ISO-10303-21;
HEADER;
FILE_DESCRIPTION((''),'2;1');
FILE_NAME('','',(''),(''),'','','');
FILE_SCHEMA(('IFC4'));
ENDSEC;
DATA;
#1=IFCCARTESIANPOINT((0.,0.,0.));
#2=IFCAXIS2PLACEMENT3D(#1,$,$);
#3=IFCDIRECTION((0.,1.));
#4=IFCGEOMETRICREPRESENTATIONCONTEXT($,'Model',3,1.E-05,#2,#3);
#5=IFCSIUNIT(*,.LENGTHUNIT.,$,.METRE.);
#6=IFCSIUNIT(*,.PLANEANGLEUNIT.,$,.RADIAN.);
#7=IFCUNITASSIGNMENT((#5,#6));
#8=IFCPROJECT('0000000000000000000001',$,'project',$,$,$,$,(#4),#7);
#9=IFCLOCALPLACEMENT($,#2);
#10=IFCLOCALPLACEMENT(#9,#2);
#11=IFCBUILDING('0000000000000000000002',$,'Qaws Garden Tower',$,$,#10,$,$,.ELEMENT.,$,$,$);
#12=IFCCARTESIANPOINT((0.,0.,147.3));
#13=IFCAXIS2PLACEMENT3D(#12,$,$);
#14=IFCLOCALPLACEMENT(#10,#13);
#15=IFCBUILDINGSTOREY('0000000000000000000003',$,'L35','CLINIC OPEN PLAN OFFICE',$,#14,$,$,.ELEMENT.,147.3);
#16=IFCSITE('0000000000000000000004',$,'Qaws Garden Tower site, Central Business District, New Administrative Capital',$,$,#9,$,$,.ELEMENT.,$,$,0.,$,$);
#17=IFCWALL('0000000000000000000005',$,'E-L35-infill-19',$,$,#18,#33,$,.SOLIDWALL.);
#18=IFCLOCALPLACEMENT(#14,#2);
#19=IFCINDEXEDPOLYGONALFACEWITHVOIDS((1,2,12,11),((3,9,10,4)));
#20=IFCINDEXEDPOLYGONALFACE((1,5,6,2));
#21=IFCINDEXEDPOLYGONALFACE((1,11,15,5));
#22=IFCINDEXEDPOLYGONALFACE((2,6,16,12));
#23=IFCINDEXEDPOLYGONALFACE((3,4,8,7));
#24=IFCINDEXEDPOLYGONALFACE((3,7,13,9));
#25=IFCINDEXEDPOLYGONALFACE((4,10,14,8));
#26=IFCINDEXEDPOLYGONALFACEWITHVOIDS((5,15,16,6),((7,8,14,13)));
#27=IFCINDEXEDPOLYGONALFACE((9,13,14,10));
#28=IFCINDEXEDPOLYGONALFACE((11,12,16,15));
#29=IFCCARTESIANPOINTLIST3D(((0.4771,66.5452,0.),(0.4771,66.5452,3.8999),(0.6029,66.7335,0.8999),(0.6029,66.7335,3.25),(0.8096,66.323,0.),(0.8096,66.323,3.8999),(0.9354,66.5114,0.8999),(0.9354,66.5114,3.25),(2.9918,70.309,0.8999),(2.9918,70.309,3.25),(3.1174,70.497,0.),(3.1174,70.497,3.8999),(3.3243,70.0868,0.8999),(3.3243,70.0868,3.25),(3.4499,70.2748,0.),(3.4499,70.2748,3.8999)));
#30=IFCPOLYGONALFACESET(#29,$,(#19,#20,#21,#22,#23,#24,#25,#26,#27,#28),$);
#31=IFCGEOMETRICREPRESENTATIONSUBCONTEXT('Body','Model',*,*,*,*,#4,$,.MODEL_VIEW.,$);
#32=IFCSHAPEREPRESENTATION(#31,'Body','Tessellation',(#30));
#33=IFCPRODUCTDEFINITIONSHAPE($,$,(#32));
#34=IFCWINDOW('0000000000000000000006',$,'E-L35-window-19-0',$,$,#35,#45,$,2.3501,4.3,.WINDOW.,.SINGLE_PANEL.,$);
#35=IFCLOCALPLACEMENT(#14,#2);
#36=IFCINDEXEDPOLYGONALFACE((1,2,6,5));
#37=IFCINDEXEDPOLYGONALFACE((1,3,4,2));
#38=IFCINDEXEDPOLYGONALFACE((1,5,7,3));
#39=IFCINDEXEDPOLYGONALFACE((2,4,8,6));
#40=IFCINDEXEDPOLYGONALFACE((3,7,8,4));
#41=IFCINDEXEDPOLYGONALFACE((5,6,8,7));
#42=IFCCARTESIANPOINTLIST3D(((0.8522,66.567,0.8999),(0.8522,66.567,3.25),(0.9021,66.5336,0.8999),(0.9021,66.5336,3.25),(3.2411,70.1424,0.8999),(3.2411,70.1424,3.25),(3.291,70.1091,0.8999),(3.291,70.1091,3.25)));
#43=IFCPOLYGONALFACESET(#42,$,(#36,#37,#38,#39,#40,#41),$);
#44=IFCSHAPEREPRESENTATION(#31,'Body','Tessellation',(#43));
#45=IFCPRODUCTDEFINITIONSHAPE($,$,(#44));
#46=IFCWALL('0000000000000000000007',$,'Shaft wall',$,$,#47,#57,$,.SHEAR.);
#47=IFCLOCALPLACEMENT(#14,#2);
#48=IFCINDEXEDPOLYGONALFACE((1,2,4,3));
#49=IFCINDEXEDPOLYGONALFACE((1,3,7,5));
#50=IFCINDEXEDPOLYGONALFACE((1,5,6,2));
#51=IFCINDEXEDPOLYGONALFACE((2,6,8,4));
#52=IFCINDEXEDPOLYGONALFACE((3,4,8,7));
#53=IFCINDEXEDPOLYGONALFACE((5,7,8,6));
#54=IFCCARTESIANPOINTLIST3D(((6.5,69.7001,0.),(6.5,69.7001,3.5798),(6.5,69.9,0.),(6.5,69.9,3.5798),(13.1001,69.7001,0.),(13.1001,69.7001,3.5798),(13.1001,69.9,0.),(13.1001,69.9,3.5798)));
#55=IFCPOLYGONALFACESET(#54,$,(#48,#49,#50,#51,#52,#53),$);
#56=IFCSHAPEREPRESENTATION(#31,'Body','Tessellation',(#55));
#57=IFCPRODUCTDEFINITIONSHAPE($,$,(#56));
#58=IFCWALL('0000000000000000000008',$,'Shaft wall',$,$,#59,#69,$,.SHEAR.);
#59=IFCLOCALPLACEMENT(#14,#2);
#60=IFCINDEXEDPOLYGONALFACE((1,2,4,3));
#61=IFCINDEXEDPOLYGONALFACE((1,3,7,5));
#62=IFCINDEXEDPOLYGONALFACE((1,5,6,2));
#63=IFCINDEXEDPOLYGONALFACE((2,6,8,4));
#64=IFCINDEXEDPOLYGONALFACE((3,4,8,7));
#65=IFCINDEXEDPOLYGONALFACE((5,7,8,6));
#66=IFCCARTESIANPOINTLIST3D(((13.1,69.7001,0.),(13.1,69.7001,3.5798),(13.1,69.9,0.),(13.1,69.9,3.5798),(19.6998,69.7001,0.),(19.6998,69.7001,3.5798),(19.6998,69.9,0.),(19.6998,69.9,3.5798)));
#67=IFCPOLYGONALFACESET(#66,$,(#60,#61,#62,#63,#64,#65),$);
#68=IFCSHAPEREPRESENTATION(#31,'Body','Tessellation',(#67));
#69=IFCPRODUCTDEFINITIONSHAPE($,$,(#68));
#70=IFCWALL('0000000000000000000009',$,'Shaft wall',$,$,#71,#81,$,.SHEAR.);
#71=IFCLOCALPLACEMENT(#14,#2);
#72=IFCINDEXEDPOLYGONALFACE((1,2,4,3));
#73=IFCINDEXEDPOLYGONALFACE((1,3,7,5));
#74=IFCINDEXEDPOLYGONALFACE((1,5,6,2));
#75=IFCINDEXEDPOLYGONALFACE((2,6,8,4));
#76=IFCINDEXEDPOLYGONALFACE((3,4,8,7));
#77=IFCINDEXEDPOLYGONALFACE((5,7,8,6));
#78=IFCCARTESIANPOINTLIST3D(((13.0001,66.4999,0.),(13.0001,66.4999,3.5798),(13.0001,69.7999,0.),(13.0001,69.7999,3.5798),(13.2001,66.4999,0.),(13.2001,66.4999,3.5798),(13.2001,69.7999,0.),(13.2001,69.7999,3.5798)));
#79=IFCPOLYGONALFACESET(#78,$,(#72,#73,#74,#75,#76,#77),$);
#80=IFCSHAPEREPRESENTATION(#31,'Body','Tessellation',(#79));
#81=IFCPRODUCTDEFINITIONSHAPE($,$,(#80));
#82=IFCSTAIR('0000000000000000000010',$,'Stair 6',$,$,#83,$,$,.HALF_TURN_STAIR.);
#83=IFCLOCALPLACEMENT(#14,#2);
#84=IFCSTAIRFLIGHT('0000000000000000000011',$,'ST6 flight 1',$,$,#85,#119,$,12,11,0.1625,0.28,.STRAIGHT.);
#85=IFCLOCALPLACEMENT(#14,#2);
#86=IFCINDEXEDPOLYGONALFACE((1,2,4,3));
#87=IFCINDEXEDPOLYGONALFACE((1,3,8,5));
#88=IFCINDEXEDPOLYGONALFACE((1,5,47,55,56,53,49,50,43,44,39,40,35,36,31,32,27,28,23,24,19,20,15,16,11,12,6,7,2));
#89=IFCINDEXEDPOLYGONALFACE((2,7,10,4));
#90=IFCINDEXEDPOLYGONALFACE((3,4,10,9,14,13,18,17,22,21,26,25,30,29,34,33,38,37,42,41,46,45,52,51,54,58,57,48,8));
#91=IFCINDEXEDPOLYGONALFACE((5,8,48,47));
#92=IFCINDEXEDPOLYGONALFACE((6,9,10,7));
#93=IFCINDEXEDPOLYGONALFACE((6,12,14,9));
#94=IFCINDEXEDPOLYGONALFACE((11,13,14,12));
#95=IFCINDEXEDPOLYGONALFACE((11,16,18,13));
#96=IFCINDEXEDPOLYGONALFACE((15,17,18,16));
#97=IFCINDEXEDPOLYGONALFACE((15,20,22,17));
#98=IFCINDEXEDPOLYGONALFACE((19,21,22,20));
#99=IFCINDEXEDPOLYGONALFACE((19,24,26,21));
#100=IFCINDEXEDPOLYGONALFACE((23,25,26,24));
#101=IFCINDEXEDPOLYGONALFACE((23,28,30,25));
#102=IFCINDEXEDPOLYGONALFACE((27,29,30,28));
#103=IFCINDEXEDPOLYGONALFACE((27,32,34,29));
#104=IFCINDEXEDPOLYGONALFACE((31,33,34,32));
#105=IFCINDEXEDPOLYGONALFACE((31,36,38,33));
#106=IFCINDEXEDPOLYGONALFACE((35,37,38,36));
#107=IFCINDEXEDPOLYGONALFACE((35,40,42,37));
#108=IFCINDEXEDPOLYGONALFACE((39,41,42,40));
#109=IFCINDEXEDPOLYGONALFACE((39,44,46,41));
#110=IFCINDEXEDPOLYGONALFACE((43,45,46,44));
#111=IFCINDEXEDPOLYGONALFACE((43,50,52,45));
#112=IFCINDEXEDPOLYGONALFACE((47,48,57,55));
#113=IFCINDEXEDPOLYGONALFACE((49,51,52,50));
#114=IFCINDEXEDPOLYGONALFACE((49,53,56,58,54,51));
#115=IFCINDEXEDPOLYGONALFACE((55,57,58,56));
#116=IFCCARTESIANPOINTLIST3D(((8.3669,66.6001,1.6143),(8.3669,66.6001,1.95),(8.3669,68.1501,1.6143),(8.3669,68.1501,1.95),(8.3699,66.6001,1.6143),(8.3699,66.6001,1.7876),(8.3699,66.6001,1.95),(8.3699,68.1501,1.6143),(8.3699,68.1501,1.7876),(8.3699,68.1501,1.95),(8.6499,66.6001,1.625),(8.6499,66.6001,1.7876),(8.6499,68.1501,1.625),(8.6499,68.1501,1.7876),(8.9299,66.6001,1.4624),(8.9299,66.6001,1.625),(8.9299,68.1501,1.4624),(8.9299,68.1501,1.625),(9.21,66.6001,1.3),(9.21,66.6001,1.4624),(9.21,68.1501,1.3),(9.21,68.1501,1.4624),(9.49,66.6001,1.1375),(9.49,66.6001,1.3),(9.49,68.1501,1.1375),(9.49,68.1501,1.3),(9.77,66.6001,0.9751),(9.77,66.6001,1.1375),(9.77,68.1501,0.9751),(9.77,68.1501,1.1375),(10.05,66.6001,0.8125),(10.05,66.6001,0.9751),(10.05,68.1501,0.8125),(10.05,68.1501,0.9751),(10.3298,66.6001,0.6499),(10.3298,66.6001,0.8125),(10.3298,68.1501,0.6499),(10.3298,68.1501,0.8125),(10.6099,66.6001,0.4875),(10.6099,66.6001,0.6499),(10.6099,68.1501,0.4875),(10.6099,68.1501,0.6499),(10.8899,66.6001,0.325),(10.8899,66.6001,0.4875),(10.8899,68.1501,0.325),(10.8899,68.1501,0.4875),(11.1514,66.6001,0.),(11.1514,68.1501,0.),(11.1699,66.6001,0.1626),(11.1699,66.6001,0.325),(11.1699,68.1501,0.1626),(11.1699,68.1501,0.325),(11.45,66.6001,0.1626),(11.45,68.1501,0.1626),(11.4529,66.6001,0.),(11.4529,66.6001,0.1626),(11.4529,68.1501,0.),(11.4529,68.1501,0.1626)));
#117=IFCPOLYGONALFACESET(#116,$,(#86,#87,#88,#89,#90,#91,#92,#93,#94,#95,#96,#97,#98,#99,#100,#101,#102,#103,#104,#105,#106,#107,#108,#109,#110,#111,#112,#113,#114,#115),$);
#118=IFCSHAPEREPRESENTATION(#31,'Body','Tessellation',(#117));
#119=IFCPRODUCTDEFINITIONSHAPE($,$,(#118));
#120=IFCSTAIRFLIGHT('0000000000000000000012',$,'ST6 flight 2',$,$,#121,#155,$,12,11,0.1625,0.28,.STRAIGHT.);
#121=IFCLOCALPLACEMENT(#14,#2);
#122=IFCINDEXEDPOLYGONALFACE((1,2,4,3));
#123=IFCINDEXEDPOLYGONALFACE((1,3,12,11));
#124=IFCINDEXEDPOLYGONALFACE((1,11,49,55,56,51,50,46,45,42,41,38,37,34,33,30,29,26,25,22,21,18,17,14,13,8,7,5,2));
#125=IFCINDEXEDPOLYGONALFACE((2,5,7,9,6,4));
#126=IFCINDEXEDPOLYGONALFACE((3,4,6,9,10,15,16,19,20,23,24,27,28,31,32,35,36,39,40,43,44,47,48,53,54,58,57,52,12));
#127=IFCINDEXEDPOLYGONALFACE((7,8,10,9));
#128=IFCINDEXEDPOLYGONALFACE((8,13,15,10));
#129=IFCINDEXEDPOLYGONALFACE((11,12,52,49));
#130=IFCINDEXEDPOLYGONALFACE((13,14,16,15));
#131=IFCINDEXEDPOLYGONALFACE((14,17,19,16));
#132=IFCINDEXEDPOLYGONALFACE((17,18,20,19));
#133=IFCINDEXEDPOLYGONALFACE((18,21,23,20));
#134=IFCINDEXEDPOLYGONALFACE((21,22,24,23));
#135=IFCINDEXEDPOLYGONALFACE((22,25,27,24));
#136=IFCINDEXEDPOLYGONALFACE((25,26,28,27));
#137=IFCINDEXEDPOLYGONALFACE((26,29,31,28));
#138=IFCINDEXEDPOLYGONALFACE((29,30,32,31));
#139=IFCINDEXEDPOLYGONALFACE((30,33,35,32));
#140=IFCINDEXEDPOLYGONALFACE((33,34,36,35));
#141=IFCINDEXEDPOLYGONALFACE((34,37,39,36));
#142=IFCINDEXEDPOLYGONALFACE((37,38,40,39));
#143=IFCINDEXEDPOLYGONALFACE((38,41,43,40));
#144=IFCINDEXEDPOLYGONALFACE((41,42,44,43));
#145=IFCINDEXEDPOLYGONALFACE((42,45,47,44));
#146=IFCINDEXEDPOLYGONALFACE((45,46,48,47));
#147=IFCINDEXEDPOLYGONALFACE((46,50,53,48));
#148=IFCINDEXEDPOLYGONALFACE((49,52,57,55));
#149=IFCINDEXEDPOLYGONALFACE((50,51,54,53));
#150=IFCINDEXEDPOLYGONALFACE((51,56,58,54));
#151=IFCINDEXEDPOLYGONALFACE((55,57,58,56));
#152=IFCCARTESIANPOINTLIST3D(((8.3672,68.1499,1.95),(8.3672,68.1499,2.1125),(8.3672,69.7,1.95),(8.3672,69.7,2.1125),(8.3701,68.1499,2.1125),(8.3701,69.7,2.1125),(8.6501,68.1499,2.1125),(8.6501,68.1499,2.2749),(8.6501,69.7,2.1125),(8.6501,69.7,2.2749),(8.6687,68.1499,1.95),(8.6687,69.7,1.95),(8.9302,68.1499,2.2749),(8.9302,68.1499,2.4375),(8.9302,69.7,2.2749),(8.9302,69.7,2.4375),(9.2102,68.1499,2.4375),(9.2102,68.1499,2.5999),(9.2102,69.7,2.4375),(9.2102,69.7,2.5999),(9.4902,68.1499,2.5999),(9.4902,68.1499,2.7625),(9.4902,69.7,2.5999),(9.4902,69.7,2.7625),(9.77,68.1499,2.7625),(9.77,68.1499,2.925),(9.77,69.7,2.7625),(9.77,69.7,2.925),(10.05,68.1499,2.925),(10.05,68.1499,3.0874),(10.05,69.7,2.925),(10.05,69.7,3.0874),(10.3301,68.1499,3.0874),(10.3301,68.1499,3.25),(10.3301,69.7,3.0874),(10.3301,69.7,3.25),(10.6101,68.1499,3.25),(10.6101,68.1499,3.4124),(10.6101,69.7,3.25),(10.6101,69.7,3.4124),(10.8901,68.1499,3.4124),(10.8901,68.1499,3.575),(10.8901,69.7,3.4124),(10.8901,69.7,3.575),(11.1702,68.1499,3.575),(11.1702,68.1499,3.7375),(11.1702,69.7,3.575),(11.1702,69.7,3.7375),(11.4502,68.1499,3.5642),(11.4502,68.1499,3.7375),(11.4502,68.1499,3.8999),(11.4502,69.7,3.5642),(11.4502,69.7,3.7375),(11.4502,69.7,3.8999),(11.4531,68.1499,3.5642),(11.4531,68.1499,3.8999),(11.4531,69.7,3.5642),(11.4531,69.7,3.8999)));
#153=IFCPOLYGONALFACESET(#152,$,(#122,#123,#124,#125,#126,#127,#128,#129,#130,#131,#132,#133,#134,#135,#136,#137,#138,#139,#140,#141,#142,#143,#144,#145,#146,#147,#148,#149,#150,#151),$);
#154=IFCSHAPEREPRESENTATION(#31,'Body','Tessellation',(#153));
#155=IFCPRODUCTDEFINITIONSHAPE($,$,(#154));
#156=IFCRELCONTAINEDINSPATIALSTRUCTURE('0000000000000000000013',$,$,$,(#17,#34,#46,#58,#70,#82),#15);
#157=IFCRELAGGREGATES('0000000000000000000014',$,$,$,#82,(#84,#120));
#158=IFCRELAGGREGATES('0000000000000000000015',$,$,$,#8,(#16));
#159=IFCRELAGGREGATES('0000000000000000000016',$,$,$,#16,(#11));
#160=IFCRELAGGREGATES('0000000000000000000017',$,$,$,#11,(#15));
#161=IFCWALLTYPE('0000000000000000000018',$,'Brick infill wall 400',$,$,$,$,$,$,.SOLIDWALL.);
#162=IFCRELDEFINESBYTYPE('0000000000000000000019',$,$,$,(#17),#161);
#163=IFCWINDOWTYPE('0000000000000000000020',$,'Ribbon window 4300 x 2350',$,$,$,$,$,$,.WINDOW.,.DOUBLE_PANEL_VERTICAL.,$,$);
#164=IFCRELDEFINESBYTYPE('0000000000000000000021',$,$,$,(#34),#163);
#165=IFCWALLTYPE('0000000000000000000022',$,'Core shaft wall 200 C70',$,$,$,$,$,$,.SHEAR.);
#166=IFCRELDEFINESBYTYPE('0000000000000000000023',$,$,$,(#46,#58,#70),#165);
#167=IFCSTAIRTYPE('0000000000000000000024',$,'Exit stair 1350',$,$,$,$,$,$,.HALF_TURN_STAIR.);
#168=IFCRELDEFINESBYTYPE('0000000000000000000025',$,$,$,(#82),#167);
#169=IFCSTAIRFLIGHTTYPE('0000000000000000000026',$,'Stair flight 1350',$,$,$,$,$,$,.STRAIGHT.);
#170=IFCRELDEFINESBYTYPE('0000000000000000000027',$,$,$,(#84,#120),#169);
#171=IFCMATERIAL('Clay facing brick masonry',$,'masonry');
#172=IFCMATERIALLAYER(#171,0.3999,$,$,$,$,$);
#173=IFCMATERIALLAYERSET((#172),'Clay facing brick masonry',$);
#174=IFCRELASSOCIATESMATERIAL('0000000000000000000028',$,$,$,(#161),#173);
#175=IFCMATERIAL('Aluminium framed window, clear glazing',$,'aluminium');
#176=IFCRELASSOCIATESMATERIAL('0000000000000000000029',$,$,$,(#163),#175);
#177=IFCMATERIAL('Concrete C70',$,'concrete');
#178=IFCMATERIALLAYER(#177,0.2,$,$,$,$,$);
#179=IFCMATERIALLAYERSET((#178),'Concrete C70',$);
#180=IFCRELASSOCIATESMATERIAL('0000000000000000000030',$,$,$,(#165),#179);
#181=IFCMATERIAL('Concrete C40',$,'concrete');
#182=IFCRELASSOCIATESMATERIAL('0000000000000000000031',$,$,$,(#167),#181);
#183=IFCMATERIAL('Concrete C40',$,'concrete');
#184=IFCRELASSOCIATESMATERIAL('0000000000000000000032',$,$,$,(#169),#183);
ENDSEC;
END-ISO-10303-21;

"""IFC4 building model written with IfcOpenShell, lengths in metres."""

from ifc_helpers import new_model, si_unit, direction, frame, frame_2d, origin, place, context, subcontext, project, spatial, polyline, rectangle, outline, extrude, material, layer, layer_set, type_object, element, fill, aggregate, save


model = new_model("IFC4")

# Units and contexts
model_context = context("Model", 3, precision=1e-05, world=origin(), true_north=direction((0.0, 1.0)))
body_context = subcontext(model_context, "Body", "Model", "MODEL_VIEW")
ifc_project = project(units=[si_unit("LENGTHUNIT", "METRE"), si_unit("PLANEANGLEUNIT", "RADIAN")], contexts=[model_context])

# Site, building, storey
site_placement = place(None, origin())
site = spatial("IfcSite", under=ifc_project, at=site_placement, Name="Qaws Garden Tower site, Central Business District, New Administrative Capital", CompositionType="ELEMENT", RefElevation=0.0)
building_placement = place(site_placement, origin())
building = spatial("IfcBuilding", under=site, at=building_placement, Name="Qaws Garden Tower", CompositionType="ELEMENT")
storey_placement = place(building_placement, frame((0.0, 0.0, 147.3)))
storey = spatial("IfcBuildingStorey", under=building, at=storey_placement, Name="L35", Description="CLINIC OPEN PLAN OFFICE", CompositionType="ELEMENT", Elevation=147.3)

# Wall, opening, window
ifc_material_1 = material(Name="Clay facing brick masonry", Category="masonry")
ifc_layer_1 = layer(ifc_material_1, 0.3999)
ifc_layer_set_1 = layer_set([ifc_layer_1], Name="Clay facing brick masonry")
wall_type_1 = type_object("IfcWallType", Name="Brick infill wall 400", PredefinedType="SOLIDWALL", material=ifc_layer_set_1)
ifc_material_2 = material(Name="Aluminium framed window, clear glazing", Category="aluminium")
window_type = type_object("IfcWindowType", Name="Ribbon window 4300 x 2350", PartitioningType="DOUBLE_PANEL_VERTICAL", PredefinedType="WINDOW", material=ifc_material_2)
wall_1_placement = place(storey_placement, frame((3.2837, 70.386, 0.0), z_axis=(0.0, 0.0, 1.0), x_axis=(-0.555542, -0.831489, 0.0)))
wall_1 = element("IfcWall", 1, at=wall_1_placement, inside=storey, type_object=wall_type_1, Name="E-L35-infill-19", PredefinedType="SOLIDWALL", context=body_context, shape_type="SweptSolid", body=[
    extrude(rectangle(XDim=4.7527, YDim=0.3999, at=frame_2d((2.3765, 0.0))), origin(), (0.0, 0.0, 1.0), 3.8999),
])
opening_1_placement = place(wall_1_placement, frame((0.2263, 0.0, 0.8999)))
opening_1 = element("IfcOpeningElement", 2, at=opening_1_placement, cuts=wall_1, PredefinedType="OPENING", context=body_context, shape_type="SweptSolid", body=[
    extrude(rectangle(XDim=4.3, YDim=2.3501, at=frame_2d((2.1499, 1.175))), frame((0.0, 0.21, 0.0), z_axis=(0.0, -1.0, 0.0), x_axis=(1.0, 0.0, 0.0)), (0.0, 0.0, 1.0), 0.4199),
])
window_1_placement = place(opening_1_placement, origin())
window_1 = element("IfcWindow", 3, at=window_1_placement, inside=storey, type_object=window_type, Name="E-L35-window-19-0", OverallHeight=2.3501, OverallWidth=4.3, PartitioningType="SINGLE_PANEL", PredefinedType="WINDOW", context=body_context, shape_type="SweptSolid", body=[
    extrude(rectangle(XDim=4.3, YDim=2.3501, at=frame_2d((2.1499, 1.175))), frame((0.0, 0.1599, 0.0), z_axis=(0.0, -1.0, 0.0), x_axis=(1.0, 0.0, 0.0)), (0.0, 0.0, 1.0), 0.0601),
])
fill(opening_1, window_1)

# Walls
ifc_material_3 = material(Name="Concrete C70", Category="concrete")
ifc_layer_2 = layer(ifc_material_3, 0.2)
ifc_layer_set_2 = layer_set([ifc_layer_2], Name="Concrete C70")
wall_type_2 = type_object("IfcWallType", Name="Core shaft wall 200 C70", PredefinedType="SHEAR", material=ifc_layer_set_2)
wall_2_placement = place(storey_placement, frame((6.5, 69.8, 0.0), z_axis=(0.0, 0.0, 1.0), x_axis=(1.0, 0.0, 0.0)))
element("IfcWall", 4, at=wall_2_placement, inside=storey, type_object=wall_type_2, Name="Shaft wall", PredefinedType="SHEAR", context=body_context, shape_type="SweptSolid", body=[
    extrude(rectangle(XDim=6.6001, YDim=0.2, at=frame_2d((3.3, 0.0))), origin(), (0.0, 0.0, 1.0), 3.5798),
])
wall_3_placement = place(storey_placement, frame((13.1001, 69.8, 0.0), z_axis=(0.0, 0.0, 1.0), x_axis=(1.0, 0.0, 0.0)))
element("IfcWall", 5, at=wall_3_placement, inside=storey, type_object=wall_type_2, Name="Shaft wall", PredefinedType="SHEAR", context=body_context, shape_type="SweptSolid", body=[
    extrude(rectangle(XDim=6.5999, YDim=0.2, at=frame_2d((3.2998, 0.0))), origin(), (0.0, 0.0, 1.0), 3.5798),
])
wall_4_placement = place(storey_placement, frame((13.1001, 66.5, 0.0), z_axis=(0.0, 0.0, 1.0), x_axis=(0.0, 1.0, 0.0)))
element("IfcWall", 6, at=wall_4_placement, inside=storey, type_object=wall_type_2, Name="Shaft wall", PredefinedType="SHEAR", context=body_context, shape_type="SweptSolid", body=[
    extrude(rectangle(XDim=3.3, YDim=0.2, at=frame_2d((1.6499, 0.0))), origin(), (0.0, 0.0, 1.0), 3.5798),
])

# Stair, stair flights
ifc_material_4 = material(Name="Concrete C40", Category="concrete")
stair_type = type_object("IfcStairType", Name="Exit stair 1350", PredefinedType="HALF_TURN_STAIR", material=ifc_material_4)
placement = place(storey_placement, origin())
stair_1 = element("IfcStair", 7, at=placement, inside=storey, type_object=stair_type, Name="Stair 6", PredefinedType="HALF_TURN_STAIR")
ifc_material_5 = material(Name="Concrete C40", Category="concrete")
stair_flight_type = type_object("IfcStairFlightType", Name="Stair flight 1350", PredefinedType="STRAIGHT", material=ifc_material_5)
stair_flight_1_placement = place(storey_placement, frame((11.45, 67.375, 0.0), z_axis=(0.0, 0.0, 1.0), x_axis=(-1.0, 0.0, 0.0)))
stair_flight_1 = element("IfcStairFlight", 8, at=stair_flight_1_placement, type_object=stair_flight_type, Name="ST6 flight 1", NumberOfRisers=12, NumberOfTreads=11, PredefinedType="STRAIGHT", RiserHeight=0.1625, TreadLength=0.28, context=body_context, shape_type="SweptSolid", body=[
    extrude(outline(polyline([(-0.0029, 0.0), (-0.0029, 0.1626), (0.0, 0.1626), (0.28, 0.1626), (0.28, 0.325), (0.5601, 0.325), (0.5601, 0.4875), (0.8401, 0.4875), (0.8401, 0.6499), (1.1201, 0.6499), (1.1201, 0.8125), (1.3999, 0.8125), (1.3999, 0.9751), (1.6799, 0.9751), (1.6799, 1.1375), (1.96, 1.1375), (1.96, 1.3), (2.24, 1.3), (2.24, 1.4624), (2.52, 1.4624), (2.52, 1.625), (2.8, 1.625), (2.8, 1.7876), (3.0801, 1.7876), (3.0801, 1.95), (3.083, 1.95), (3.083, 1.6143), (3.0801, 1.6143), (0.2986, 0.0), (-0.0029, 0.0)])), frame((0.0, 0.7749, 0.0), z_axis=(0.0, -1.0, 0.0), x_axis=(1.0, 0.0, 0.0)), (0.0, 0.0, 1.0), 1.55),
])
stair_flight_2_placement = place(storey_placement, frame((8.3701, 68.925, 1.95), z_axis=(0.0, 0.0, 1.0), x_axis=(1.0, 0.0, 0.0)))
stair_flight_2 = element("IfcStairFlight", 9, at=stair_flight_2_placement, type_object=stair_flight_type, Name="ST6 flight 2", NumberOfRisers=12, NumberOfTreads=11, PredefinedType="STRAIGHT", RiserHeight=0.1625, TreadLength=0.28, context=body_context, shape_type="SweptSolid", body=[
    extrude(outline(polyline([(-0.0029, 0.0), (-0.0029, 0.1626), (0.0, 0.1626), (0.28, 0.1626), (0.28, 0.325), (0.5601, 0.325), (0.5601, 0.4875), (0.8401, 0.4875), (0.8401, 0.6499), (1.1201, 0.6499), (1.1201, 0.8125), (1.3999, 0.8125), (1.3999, 0.9751), (1.6799, 0.9751), (1.6799, 1.1375), (1.96, 1.1375), (1.96, 1.3), (2.24, 1.3), (2.24, 1.4624), (2.52, 1.4624), (2.52, 1.625), (2.8, 1.625), (2.8, 1.7876), (3.0801, 1.7876), (3.0801, 1.95), (3.083, 1.95), (3.083, 1.6143), (3.0801, 1.6143), (0.2986, 0.0), (-0.0029, 0.0)])), frame((0.0, 0.7749, 0.0), z_axis=(0.0, -1.0, 0.0), x_axis=(1.0, 0.0, 0.0)), (0.0, 0.0, 1.0), 1.55),
])
aggregate(stair_1, [stair_flight_1, stair_flight_2])

save(model, "model.ifc")
